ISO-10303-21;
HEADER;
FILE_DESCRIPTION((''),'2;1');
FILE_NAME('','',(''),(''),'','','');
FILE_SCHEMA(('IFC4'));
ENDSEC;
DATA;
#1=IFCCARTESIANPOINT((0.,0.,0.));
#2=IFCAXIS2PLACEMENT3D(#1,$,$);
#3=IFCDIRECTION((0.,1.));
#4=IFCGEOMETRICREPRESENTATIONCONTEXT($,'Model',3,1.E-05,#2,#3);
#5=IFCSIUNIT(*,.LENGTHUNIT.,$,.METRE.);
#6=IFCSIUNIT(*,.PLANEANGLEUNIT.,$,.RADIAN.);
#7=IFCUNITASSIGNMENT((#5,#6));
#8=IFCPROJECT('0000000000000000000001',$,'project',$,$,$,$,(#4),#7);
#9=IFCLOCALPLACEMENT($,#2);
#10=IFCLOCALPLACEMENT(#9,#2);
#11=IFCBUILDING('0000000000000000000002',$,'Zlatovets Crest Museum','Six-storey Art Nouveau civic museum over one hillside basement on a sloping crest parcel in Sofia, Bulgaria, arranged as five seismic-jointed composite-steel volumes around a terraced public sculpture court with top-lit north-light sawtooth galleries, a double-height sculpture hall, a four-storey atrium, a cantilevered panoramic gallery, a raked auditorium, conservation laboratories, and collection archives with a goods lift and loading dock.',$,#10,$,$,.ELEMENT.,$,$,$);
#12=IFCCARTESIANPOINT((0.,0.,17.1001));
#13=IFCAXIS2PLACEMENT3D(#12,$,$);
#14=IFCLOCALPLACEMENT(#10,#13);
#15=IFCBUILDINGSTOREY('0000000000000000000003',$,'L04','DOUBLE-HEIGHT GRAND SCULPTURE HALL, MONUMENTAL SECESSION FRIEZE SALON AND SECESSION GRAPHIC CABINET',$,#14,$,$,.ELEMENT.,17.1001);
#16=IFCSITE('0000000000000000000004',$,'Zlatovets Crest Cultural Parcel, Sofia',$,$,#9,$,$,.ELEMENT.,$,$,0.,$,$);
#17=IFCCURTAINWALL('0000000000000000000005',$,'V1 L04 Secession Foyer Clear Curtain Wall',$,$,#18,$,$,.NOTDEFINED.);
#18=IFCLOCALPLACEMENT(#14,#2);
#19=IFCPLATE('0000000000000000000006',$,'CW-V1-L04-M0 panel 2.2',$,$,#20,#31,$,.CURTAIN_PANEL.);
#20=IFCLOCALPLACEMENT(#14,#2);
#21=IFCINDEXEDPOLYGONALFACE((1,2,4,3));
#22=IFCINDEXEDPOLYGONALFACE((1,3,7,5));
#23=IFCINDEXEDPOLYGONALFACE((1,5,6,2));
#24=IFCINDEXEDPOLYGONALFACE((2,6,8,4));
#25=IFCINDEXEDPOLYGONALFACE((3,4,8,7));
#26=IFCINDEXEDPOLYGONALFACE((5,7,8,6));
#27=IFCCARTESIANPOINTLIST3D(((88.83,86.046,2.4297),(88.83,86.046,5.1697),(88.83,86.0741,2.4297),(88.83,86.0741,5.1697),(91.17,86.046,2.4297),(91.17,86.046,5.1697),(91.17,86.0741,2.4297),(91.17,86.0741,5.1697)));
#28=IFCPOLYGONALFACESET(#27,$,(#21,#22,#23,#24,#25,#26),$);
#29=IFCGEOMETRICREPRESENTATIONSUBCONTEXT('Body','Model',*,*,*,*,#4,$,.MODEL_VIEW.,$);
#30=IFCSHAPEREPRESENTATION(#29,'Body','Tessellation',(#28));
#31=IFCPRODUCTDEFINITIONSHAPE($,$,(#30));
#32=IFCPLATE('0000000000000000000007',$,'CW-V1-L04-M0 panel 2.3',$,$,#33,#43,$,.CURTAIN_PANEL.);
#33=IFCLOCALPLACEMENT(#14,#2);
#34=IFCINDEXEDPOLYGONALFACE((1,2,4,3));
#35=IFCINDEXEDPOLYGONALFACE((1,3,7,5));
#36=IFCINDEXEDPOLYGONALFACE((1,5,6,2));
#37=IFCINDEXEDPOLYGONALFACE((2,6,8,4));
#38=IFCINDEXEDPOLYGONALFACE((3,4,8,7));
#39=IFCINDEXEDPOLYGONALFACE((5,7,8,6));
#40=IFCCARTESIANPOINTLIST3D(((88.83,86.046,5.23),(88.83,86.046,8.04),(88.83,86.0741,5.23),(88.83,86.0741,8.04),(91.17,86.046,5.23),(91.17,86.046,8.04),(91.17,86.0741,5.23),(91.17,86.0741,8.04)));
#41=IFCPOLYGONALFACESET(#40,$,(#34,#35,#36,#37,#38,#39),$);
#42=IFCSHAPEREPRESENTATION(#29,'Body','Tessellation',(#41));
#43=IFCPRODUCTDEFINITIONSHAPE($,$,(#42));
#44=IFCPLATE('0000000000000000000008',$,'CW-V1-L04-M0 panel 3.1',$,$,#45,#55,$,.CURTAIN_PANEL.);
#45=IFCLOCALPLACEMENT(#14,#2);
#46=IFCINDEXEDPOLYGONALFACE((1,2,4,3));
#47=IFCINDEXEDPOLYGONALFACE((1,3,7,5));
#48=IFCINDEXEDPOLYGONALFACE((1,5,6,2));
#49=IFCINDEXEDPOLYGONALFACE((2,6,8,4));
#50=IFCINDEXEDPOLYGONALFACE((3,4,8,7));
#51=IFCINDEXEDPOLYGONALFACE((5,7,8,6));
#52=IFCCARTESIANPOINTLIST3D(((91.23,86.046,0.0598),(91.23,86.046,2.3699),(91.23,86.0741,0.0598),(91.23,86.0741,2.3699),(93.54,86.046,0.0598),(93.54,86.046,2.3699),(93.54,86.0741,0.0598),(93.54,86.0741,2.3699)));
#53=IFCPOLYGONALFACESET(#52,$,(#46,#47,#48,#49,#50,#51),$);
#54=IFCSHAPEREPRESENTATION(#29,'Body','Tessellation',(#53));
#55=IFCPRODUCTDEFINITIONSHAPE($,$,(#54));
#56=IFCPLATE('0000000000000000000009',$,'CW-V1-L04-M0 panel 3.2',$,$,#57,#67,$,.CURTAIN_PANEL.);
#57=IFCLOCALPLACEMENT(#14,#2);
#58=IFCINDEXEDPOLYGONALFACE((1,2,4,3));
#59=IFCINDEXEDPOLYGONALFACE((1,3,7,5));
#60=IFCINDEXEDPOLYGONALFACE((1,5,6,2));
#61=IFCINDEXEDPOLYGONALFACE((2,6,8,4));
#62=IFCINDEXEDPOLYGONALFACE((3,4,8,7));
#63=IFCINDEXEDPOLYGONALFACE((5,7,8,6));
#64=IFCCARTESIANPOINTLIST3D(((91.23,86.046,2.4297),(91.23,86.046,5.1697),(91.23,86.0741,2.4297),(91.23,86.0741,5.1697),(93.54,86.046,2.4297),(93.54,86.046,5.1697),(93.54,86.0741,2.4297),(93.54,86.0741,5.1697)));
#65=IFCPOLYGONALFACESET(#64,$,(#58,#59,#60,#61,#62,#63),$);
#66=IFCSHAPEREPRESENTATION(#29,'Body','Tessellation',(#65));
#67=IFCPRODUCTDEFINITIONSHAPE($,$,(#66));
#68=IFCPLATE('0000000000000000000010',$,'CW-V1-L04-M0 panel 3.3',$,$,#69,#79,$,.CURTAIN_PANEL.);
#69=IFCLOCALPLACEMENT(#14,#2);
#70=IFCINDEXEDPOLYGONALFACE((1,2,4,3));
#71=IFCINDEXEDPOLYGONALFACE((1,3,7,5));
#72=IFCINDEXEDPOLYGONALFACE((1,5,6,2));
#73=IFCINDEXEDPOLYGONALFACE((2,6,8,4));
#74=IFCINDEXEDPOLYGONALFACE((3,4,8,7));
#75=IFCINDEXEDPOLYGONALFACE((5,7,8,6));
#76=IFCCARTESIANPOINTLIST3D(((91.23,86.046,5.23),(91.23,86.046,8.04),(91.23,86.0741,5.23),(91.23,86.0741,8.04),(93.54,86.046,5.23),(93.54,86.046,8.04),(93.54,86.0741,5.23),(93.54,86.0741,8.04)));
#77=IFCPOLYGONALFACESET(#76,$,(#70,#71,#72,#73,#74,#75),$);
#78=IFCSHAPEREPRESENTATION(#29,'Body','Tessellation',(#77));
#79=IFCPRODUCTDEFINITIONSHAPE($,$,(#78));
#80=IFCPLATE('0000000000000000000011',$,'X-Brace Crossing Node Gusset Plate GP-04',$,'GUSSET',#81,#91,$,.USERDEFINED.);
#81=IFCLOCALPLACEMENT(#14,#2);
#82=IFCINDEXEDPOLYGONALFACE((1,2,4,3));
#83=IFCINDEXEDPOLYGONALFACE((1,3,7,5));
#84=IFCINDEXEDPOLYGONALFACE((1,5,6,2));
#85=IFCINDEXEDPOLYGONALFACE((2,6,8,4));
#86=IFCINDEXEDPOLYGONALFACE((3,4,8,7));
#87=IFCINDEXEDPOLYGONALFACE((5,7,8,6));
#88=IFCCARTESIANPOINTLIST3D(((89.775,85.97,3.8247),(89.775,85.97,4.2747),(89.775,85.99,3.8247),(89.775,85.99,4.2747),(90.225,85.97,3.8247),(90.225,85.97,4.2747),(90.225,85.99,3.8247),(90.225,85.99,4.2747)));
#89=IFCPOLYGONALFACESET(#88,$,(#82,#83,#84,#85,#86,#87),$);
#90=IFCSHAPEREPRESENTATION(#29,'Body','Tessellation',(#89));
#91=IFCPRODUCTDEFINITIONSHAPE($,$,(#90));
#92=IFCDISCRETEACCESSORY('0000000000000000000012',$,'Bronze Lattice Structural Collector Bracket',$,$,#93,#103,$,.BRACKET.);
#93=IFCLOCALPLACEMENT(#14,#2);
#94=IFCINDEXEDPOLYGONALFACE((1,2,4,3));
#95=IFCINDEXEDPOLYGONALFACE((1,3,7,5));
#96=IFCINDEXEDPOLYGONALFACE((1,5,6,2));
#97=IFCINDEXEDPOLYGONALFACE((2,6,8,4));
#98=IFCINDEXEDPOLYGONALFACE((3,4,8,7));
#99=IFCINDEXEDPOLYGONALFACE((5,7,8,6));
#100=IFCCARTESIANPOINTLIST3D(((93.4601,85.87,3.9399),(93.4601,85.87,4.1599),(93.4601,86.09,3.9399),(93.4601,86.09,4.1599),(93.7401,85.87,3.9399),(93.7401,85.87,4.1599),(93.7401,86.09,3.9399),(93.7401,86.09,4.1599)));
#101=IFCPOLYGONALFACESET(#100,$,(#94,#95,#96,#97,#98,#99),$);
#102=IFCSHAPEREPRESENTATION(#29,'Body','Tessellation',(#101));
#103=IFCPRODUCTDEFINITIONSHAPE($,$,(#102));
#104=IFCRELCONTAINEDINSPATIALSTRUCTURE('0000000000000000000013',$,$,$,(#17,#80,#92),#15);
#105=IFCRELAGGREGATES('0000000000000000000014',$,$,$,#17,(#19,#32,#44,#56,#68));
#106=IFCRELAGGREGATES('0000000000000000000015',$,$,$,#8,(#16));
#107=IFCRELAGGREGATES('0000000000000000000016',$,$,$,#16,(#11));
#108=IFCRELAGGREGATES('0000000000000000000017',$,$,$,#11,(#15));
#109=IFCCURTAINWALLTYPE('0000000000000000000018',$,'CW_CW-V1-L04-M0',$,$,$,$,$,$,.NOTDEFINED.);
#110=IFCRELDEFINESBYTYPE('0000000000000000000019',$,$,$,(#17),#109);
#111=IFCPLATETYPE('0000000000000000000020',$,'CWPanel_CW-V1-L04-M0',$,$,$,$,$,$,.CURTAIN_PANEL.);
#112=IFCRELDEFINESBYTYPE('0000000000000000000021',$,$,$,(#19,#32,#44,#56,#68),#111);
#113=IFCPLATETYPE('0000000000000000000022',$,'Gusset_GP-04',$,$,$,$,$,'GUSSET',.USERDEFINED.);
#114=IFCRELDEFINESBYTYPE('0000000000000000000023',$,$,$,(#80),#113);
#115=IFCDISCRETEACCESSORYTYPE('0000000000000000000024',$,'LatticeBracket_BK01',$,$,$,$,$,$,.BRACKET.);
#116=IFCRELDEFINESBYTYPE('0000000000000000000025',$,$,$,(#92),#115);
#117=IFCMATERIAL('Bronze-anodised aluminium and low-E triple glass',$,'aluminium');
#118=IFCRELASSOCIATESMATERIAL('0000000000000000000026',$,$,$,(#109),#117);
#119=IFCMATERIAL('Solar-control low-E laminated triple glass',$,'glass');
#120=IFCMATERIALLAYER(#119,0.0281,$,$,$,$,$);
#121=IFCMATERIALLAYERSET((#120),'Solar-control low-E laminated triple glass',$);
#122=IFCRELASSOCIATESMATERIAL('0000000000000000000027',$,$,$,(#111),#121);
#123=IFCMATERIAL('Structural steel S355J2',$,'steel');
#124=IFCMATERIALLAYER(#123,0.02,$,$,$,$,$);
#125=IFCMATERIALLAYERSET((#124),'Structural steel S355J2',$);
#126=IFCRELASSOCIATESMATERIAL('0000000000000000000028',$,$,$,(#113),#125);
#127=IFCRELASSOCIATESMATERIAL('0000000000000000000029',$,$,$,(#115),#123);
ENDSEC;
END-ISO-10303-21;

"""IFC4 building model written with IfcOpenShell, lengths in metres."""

from ifc_helpers import new_model, si_unit, direction, frame, origin, origin_2d, place, context, subcontext, project, spatial, rectangle, extrude, material, layer, layer_set, type_object, element, aggregate, save


model = new_model("IFC4")

# Units and contexts
model_context = context("Model", 3, precision=1e-05, world=origin(), true_north=direction((0.0, 1.0)))
body_context = subcontext(model_context, "Body", "Model", "MODEL_VIEW")
ifc_project = project(units=[si_unit("LENGTHUNIT", "METRE"), si_unit("PLANEANGLEUNIT", "RADIAN")], contexts=[model_context])

# Site, building, storey
site_placement = place(None, origin())
site = spatial("IfcSite", under=ifc_project, at=site_placement, Name="Zlatovets Crest Cultural Parcel, Sofia", CompositionType="ELEMENT", RefElevation=0.0)
building_placement = place(site_placement, origin())
building = spatial("IfcBuilding", under=site, at=building_placement, Name="Zlatovets Crest Museum", Description="Six-storey Art Nouveau civic museum over one hillside basement on a sloping crest parcel in Sofia, Bulgaria, arranged as five seismic-jointed composite-steel volumes around a terraced public sculpture court with top-lit north-light sawtooth galleries, a double-height sculpture hall, a four-storey atrium, a cantilevered panoramic gallery, a raked auditorium, conservation laboratories, and collection archives with a goods lift and loading dock.", CompositionType="ELEMENT")
storey_placement = place(building_placement, frame((0.0, 0.0, 17.1001)))
storey = spatial("IfcBuildingStorey", under=building, at=storey_placement, Name="L04", Description="DOUBLE-HEIGHT GRAND SCULPTURE HALL, MONUMENTAL SECESSION FRIEZE SALON AND SECESSION GRAPHIC CABINET", CompositionType="ELEMENT", Elevation=17.1001)

# Shared definitions
ifc_material_1 = material(Name="Structural steel S355J2", Category="steel")

# Curtain wall
ifc_material_2 = material(Name="Bronze-anodised aluminium and low-E triple glass", Category="aluminium")
curtain_wall_type = type_object("IfcCurtainWallType", Name="CW_CW-V1-L04-M0", PredefinedType="NOTDEFINED", material=ifc_material_2)
curtain_wall_placement = place(storey_placement, origin())
curtain_wall = element("IfcCurtainWall", 1, at=curtain_wall_placement, inside=storey, type_object=curtain_wall_type, Name="V1 L04 Secession Foyer Clear Curtain Wall", PredefinedType="NOTDEFINED")

# Plates
ifc_material_3 = material(Name="Solar-control low-E laminated triple glass", Category="glass")
ifc_layer_1 = layer(ifc_material_3, 0.0281)
ifc_layer_set_1 = layer_set([ifc_layer_1], Name="Solar-control low-E laminated triple glass")
plate_type_1 = type_object("IfcPlateType", Name="CWPanel_CW-V1-L04-M0", PredefinedType="CURTAIN_PANEL", material=ifc_layer_set_1)
plate_1_placement = place(storey_placement, frame((90.0, 86.0601, 2.4297), z_axis=(0.0, 0.0, 1.0), x_axis=(1.0, 0.0, 0.0)))
plate_1 = element("IfcPlate", 2, at=plate_1_placement, type_object=plate_type_1, Name="CW-V1-L04-M0 panel 2.2", PredefinedType="CURTAIN_PANEL", context=body_context, shape_type="SweptSolid", body=[
    extrude(rectangle(XDim=2.3401, YDim=0.0281, at=origin_2d()), origin(), (0.0, 0.0, 1.0), 2.74),
])
plate_2_placement = place(storey_placement, frame((90.0, 86.0601, 5.23), z_axis=(0.0, 0.0, 1.0), x_axis=(1.0, 0.0, 0.0)))
plate_2 = element("IfcPlate", 3, at=plate_2_placement, type_object=plate_type_1, Name="CW-V1-L04-M0 panel 2.3", PredefinedType="CURTAIN_PANEL", context=body_context, shape_type="SweptSolid", body=[
    extrude(rectangle(XDim=2.3401, YDim=0.0281, at=origin_2d()), origin(), (0.0, 0.0, 1.0), 2.8101),
])
plate_3_placement = place(storey_placement, frame((92.385, 86.0601, 0.0598), z_axis=(0.0, 0.0, 1.0), x_axis=(1.0, 0.0, 0.0)))
plate_3 = element("IfcPlate", 4, at=plate_3_placement, type_object=plate_type_1, Name="CW-V1-L04-M0 panel 3.1", PredefinedType="CURTAIN_PANEL", context=body_context, shape_type="SweptSolid", body=[
    extrude(rectangle(XDim=2.3101, YDim=0.0281, at=origin_2d()), origin(), (0.0, 0.0, 1.0), 2.3101),
])
plate_4_placement = place(storey_placement, frame((92.385, 86.0601, 2.4297), z_axis=(0.0, 0.0, 1.0), x_axis=(1.0, 0.0, 0.0)))
plate_4 = element("IfcPlate", 5, at=plate_4_placement, type_object=plate_type_1, Name="CW-V1-L04-M0 panel 3.2", PredefinedType="CURTAIN_PANEL", context=body_context, shape_type="SweptSolid", body=[
    extrude(rectangle(XDim=2.3101, YDim=0.0281, at=origin_2d()), origin(), (0.0, 0.0, 1.0), 2.74),
])
plate_5_placement = place(storey_placement, frame((92.385, 86.0601, 5.23), z_axis=(0.0, 0.0, 1.0), x_axis=(1.0, 0.0, 0.0)))
plate_5 = element("IfcPlate", 6, at=plate_5_placement, type_object=plate_type_1, Name="CW-V1-L04-M0 panel 3.3", PredefinedType="CURTAIN_PANEL", context=body_context, shape_type="SweptSolid", body=[
    extrude(rectangle(XDim=2.3101, YDim=0.0281, at=origin_2d()), origin(), (0.0, 0.0, 1.0), 2.8101),
])
aggregate(curtain_wall, [plate_1, plate_2, plate_3, plate_4, plate_5])
ifc_layer_2 = layer(ifc_material_1, 0.02)
ifc_layer_set_2 = layer_set([ifc_layer_2], Name="Structural steel S355J2")
plate_type_2 = type_object("IfcPlateType", Name="Gusset_GP-04", ElementType="GUSSET", PredefinedType="USERDEFINED", material=ifc_layer_set_2)
plate_6_placement = place(storey_placement, frame((90.0, 85.98, 3.8247), z_axis=(0.0, 0.0, 1.0), x_axis=(1.0, 0.0, 0.0)))
element("IfcPlate", 7, at=plate_6_placement, inside=storey, type_object=plate_type_2, Name="X-Brace Crossing Node Gusset Plate GP-04", ObjectType="GUSSET", PredefinedType="USERDEFINED", context=body_context, shape_type="SweptSolid", body=[
    extrude(rectangle(XDim=0.45, YDim=0.02, at=origin_2d()), origin(), (0.0, 0.0, 1.0), 0.45),
])

# Discrete accessory
discrete_accessory_type = type_object("IfcDiscreteAccessoryType", Name="LatticeBracket_BK01", PredefinedType="BRACKET", material=ifc_material_1)
discrete_accessory_placement = place(storey_placement, frame((93.6001, 85.98, 3.9399), z_axis=(0.0, 0.0, 1.0), x_axis=(1.0, 0.0, 0.0)))
element("IfcDiscreteAccessory", 8, at=discrete_accessory_placement, inside=storey, type_object=discrete_accessory_type, Name="Bronze Lattice Structural Collector Bracket", PredefinedType="BRACKET", context=body_context, shape_type="SweptSolid", body=[
    extrude(rectangle(XDim=0.28, YDim=0.22, at=origin_2d()), origin(), (0.0, 0.0, 1.0), 0.22),
])

save(model, "model.ifc")
